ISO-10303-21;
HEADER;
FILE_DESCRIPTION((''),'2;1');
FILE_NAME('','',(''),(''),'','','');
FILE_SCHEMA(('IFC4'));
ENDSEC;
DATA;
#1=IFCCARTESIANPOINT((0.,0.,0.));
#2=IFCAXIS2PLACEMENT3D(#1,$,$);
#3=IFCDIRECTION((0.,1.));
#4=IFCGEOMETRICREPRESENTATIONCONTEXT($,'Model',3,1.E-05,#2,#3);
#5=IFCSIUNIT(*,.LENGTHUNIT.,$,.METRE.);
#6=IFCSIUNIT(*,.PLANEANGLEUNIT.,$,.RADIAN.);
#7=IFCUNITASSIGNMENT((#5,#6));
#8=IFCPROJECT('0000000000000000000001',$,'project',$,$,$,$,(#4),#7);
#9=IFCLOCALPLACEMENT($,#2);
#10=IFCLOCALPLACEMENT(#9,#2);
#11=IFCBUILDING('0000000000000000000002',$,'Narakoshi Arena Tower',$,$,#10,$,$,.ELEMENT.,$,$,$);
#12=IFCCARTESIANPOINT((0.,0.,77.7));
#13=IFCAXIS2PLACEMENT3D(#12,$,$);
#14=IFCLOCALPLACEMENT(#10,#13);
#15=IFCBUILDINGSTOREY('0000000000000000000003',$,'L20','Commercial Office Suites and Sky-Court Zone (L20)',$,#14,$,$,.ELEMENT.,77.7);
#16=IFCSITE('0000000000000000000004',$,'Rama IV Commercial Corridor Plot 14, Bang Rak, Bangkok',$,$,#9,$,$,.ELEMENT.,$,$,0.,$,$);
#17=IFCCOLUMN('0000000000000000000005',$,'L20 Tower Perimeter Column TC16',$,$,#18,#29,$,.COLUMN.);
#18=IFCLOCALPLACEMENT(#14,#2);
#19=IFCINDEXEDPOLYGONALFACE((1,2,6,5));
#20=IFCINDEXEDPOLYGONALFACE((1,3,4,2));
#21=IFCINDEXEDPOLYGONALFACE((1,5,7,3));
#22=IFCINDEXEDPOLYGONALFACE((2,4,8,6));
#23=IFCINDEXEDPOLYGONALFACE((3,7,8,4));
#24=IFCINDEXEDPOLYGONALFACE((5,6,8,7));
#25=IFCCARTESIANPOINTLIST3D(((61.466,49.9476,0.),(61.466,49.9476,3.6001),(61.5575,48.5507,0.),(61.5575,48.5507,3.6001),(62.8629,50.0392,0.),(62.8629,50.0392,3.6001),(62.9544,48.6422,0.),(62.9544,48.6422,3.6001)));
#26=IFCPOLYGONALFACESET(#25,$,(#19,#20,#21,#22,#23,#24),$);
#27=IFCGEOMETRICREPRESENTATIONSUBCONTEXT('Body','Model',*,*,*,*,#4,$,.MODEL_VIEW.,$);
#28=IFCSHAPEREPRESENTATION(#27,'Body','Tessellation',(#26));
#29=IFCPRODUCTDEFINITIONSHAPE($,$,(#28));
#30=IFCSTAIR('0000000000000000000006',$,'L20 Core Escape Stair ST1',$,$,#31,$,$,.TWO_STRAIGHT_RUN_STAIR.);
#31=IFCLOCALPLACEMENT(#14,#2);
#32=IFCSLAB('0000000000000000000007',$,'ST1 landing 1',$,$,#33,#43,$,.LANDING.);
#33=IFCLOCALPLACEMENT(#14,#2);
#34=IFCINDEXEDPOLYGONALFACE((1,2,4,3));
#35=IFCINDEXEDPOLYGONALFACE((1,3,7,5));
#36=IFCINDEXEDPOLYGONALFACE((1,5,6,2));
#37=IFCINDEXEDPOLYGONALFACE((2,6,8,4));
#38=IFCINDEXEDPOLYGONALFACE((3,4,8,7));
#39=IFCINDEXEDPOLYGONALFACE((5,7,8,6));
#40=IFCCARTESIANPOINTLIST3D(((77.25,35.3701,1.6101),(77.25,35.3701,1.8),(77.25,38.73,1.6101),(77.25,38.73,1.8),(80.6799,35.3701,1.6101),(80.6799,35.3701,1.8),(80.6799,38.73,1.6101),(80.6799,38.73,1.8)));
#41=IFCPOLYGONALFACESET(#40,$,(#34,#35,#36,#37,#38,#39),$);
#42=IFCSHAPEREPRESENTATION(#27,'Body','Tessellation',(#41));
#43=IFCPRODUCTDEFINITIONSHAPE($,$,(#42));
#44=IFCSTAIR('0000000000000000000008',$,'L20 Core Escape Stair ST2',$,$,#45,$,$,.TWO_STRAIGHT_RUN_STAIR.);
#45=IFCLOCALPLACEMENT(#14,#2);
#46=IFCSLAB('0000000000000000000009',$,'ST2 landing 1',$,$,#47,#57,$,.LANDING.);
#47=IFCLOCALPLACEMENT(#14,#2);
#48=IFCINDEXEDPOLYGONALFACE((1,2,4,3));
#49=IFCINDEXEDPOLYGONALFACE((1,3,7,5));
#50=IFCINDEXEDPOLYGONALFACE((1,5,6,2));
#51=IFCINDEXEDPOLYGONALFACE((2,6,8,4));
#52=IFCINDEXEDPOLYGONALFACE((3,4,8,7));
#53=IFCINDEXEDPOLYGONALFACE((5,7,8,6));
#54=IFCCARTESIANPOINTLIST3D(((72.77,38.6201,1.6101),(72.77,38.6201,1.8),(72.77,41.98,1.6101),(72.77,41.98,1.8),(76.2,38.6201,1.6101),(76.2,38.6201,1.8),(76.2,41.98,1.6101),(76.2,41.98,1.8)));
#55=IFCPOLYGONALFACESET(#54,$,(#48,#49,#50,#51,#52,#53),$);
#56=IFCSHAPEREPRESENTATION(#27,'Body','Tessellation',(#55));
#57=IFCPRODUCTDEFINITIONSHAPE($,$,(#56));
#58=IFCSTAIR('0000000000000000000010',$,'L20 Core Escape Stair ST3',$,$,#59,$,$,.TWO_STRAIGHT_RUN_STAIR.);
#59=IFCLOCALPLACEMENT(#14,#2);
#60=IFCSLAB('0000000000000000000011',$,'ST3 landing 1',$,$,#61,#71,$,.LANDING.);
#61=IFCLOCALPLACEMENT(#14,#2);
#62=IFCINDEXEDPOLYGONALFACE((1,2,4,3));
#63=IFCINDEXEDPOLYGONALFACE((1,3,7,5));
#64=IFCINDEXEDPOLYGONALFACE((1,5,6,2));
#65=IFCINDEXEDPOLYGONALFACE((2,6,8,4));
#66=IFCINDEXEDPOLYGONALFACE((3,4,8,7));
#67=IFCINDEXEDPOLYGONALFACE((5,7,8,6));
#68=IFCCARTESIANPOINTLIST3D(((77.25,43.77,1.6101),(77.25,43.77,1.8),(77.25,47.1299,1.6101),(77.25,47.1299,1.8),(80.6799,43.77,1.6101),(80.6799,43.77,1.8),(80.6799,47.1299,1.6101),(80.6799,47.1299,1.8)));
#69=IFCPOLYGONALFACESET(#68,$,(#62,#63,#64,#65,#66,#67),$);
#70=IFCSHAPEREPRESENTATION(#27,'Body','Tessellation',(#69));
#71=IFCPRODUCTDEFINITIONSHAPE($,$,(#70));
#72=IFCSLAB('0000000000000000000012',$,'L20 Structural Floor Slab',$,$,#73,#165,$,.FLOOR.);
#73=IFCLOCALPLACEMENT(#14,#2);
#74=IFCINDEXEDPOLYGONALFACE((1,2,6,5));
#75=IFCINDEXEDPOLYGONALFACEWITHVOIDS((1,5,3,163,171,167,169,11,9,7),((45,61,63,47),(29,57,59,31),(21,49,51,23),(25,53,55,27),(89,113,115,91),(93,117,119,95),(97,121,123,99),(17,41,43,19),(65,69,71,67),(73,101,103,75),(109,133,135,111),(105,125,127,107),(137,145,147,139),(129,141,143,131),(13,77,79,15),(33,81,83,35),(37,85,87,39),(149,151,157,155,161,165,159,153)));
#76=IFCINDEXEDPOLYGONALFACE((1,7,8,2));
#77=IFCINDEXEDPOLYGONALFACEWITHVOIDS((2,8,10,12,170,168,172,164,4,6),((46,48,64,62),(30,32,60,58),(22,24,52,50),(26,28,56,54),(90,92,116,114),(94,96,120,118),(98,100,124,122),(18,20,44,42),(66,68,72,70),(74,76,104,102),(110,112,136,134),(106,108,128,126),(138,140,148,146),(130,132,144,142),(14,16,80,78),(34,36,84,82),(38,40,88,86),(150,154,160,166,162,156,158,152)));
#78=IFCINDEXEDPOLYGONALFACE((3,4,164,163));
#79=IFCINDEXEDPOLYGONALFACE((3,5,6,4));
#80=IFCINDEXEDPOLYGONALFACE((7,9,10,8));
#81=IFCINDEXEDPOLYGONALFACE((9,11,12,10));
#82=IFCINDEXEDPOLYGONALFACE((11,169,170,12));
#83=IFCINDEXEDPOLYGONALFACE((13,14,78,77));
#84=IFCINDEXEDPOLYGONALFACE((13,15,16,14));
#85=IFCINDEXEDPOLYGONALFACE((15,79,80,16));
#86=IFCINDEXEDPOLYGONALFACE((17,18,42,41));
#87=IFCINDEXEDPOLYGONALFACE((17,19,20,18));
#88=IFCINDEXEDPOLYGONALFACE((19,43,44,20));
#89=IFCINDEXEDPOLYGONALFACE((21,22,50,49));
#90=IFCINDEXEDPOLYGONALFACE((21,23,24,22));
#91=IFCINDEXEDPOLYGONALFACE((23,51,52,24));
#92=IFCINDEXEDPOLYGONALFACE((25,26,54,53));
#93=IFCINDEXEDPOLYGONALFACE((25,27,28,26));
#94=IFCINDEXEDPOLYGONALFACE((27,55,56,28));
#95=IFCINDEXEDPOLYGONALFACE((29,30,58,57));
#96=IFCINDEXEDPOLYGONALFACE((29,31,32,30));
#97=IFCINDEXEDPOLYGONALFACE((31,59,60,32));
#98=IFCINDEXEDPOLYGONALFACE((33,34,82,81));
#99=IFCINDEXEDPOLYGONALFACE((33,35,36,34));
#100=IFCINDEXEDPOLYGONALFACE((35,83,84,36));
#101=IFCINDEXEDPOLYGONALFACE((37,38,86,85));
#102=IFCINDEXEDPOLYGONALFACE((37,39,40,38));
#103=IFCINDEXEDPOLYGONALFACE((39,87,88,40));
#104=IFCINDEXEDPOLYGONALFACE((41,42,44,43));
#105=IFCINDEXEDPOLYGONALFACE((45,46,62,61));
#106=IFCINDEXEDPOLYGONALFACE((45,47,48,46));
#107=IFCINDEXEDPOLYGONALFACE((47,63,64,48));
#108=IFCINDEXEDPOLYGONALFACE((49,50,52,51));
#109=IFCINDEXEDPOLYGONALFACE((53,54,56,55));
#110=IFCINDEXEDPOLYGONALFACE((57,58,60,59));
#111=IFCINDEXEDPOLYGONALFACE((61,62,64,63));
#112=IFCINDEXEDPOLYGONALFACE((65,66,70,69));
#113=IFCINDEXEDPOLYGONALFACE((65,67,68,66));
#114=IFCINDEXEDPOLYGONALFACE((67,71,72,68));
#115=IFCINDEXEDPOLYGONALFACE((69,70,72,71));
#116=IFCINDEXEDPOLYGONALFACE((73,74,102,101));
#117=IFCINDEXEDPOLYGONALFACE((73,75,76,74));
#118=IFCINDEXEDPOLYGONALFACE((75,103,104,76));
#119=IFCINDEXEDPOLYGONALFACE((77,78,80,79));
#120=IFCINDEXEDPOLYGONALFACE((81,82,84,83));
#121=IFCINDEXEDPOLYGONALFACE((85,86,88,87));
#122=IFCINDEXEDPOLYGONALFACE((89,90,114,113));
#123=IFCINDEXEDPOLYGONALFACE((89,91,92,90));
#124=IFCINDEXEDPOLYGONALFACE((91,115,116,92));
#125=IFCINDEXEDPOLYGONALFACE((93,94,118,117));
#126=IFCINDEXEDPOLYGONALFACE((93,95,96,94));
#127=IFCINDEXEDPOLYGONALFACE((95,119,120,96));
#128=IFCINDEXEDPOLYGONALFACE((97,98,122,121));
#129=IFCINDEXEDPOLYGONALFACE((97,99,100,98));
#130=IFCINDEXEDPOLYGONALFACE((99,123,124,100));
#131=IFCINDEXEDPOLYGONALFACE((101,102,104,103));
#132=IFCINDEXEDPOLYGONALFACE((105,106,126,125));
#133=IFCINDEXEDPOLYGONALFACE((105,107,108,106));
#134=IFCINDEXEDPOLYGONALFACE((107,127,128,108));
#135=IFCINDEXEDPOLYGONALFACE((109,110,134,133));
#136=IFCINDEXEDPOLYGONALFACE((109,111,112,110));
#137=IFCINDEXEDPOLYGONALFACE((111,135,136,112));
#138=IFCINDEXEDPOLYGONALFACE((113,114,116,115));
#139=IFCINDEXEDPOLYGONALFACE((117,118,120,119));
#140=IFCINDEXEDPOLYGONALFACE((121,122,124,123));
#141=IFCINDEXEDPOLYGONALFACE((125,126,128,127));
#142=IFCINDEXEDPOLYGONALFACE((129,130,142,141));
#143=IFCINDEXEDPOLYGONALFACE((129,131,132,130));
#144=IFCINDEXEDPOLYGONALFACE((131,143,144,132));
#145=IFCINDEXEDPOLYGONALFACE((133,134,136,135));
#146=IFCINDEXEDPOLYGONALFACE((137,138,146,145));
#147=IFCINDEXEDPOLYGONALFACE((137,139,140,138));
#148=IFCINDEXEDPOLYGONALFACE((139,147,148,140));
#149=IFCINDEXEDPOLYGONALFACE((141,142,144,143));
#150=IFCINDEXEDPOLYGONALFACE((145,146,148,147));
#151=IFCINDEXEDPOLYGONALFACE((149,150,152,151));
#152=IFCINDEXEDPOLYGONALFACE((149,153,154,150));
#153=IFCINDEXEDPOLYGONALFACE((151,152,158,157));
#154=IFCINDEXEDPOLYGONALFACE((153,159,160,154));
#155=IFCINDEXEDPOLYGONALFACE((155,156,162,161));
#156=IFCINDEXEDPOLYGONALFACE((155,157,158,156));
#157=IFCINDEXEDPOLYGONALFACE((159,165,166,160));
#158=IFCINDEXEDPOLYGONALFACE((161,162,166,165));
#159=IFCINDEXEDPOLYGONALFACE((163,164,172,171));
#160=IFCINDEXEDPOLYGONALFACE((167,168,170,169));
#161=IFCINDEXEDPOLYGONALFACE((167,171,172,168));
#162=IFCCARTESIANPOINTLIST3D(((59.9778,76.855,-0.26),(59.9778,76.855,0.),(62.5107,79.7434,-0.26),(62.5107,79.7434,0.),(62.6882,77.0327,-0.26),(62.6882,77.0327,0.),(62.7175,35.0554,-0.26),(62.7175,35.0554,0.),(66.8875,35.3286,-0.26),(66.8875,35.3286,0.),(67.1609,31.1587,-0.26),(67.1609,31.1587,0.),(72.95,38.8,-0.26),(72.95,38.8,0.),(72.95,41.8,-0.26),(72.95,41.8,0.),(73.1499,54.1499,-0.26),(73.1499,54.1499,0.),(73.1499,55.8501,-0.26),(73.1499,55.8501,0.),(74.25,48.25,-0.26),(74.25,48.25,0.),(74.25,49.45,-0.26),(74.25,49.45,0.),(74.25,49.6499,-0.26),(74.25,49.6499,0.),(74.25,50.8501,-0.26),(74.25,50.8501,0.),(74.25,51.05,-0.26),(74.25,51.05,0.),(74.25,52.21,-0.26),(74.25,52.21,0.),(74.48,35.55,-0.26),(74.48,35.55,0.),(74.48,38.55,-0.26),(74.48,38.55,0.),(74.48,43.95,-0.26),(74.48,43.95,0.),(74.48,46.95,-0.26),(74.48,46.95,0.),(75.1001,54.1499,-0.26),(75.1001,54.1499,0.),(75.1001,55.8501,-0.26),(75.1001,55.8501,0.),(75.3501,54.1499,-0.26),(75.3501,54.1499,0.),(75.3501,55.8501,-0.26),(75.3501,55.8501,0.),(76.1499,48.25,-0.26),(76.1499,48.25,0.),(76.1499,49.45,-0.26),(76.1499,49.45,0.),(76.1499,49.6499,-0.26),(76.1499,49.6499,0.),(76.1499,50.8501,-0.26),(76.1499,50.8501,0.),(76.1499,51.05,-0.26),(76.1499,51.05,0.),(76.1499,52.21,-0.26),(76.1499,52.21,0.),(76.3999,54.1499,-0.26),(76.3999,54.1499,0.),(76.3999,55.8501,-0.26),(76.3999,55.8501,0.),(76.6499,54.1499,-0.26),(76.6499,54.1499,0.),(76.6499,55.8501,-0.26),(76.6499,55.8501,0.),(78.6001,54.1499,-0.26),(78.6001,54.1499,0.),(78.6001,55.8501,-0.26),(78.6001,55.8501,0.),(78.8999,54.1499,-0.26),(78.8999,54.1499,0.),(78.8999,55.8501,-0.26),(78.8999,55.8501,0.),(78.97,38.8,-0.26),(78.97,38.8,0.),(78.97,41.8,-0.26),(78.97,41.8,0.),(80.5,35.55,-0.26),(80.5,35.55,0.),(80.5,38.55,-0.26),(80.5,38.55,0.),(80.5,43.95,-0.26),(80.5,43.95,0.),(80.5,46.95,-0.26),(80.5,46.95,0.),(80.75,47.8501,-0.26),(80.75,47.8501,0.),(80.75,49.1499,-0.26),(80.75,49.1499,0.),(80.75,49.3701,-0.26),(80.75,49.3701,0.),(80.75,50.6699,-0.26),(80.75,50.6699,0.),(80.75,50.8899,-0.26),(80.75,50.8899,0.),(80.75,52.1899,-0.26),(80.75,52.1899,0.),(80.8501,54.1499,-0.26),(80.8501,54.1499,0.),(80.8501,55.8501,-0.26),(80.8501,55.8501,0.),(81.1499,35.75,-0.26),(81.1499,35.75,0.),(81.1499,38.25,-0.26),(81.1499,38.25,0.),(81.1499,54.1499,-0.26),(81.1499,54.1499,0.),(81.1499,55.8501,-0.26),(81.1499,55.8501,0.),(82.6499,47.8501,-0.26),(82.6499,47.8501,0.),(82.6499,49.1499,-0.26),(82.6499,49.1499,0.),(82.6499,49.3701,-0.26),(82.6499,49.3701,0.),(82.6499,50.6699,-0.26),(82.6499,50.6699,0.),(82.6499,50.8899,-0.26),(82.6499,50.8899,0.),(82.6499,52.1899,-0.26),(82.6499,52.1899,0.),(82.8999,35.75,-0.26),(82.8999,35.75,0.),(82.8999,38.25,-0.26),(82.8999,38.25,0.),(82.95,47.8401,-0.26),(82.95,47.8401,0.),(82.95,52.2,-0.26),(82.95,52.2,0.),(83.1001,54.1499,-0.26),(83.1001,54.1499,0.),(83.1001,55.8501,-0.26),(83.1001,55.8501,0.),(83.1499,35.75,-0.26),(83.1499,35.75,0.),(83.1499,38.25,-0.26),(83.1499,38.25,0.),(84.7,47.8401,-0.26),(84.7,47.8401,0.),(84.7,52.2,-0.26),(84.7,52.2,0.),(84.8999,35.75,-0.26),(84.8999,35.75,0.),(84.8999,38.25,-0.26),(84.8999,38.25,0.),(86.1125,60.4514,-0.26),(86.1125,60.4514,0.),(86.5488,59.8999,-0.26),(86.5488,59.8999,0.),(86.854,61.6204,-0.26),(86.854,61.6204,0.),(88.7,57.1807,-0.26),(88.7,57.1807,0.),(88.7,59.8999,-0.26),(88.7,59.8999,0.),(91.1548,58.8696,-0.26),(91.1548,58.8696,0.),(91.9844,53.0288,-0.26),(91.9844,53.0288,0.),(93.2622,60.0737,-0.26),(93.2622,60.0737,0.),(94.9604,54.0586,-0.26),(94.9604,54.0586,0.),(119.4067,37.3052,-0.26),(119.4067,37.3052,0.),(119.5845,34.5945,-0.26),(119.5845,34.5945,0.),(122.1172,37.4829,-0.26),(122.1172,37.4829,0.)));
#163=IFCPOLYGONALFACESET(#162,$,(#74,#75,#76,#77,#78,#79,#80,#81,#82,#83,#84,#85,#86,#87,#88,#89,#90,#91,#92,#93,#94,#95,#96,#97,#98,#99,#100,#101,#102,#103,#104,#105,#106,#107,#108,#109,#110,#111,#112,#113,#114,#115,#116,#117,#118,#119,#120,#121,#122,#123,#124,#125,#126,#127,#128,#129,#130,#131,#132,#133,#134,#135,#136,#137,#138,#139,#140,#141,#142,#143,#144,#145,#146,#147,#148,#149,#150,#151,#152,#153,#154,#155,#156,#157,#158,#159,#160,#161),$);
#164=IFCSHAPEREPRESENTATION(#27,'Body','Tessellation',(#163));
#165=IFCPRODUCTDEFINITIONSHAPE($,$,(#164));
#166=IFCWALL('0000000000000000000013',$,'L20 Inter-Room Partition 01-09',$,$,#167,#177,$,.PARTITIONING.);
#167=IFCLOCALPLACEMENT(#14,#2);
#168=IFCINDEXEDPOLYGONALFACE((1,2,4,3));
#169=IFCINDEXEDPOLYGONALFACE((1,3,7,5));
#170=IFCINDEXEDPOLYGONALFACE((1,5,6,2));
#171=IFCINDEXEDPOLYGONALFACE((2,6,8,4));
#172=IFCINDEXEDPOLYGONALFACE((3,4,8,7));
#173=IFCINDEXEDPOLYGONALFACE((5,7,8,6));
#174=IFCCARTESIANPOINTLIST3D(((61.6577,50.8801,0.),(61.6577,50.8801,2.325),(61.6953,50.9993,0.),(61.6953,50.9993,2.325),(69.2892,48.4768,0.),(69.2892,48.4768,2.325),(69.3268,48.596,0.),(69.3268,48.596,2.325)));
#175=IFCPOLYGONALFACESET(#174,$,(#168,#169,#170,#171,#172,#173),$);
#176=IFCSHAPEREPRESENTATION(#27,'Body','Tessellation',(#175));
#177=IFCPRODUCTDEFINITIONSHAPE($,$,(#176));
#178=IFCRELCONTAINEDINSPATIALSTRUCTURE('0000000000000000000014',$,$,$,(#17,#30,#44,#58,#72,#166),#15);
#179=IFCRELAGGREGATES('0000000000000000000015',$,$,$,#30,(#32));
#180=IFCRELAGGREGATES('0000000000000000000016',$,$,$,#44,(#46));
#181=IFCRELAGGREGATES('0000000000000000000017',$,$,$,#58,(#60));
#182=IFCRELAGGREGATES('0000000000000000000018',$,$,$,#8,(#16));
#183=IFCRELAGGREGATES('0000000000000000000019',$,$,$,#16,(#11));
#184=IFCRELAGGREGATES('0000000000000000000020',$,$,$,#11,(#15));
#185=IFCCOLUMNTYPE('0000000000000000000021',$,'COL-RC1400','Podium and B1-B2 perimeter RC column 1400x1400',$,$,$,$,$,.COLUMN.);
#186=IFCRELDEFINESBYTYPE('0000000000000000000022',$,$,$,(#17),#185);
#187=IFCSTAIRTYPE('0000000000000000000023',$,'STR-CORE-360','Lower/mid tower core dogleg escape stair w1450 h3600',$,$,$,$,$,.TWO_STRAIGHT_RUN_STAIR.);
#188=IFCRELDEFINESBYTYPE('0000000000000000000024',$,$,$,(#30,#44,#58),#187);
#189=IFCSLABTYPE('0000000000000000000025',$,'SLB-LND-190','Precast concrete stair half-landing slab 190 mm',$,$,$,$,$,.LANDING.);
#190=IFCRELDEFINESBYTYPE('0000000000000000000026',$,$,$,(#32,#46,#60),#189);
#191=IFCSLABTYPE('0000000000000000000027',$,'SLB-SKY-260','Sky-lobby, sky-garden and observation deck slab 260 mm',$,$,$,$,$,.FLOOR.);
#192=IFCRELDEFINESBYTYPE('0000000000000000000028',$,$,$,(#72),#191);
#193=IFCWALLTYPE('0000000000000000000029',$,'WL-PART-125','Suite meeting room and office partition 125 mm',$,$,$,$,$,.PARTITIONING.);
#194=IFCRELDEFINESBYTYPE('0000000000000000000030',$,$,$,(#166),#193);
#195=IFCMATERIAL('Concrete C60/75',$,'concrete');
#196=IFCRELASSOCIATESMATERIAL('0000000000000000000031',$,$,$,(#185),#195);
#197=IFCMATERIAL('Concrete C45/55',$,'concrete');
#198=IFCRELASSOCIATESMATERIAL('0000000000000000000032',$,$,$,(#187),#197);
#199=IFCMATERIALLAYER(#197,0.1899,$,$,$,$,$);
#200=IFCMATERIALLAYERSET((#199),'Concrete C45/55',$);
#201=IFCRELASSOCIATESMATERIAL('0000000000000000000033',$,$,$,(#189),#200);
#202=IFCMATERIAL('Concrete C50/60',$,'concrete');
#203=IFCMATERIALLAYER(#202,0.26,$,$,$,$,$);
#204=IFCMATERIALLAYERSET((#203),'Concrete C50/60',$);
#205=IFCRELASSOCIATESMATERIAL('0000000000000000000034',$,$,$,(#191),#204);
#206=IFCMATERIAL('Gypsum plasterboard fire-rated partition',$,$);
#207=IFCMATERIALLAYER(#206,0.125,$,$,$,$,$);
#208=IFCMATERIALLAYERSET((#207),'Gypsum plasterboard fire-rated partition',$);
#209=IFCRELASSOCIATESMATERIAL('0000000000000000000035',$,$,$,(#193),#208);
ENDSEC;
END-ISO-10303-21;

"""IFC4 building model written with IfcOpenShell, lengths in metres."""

from ifc_helpers import new_model, si_unit, direction, frame, frame_2d, origin, origin_2d, place, context, subcontext, project, spatial, polyline, rectangle, outline, extrude, material, layer, layer_set, material_profile, profile_set, type_object, element, aggregate, save


model = new_model("IFC4")

# Units and contexts
model_context = context("Model", 3, precision=1e-05, world=origin(), true_north=direction((0.0, 1.0)))
body_context = subcontext(model_context, "Body", "Model", "MODEL_VIEW")
ifc_project = project(units=[si_unit("LENGTHUNIT", "METRE"), si_unit("PLANEANGLEUNIT", "RADIAN")], contexts=[model_context])

# Site, building, storey
site_placement = place(None, origin())
site = spatial("IfcSite", under=ifc_project, at=site_placement, Name="Rama IV Commercial Corridor Plot 14, Bang Rak, Bangkok", CompositionType="ELEMENT", RefElevation=0.0)
building_placement = place(site_placement, origin())
building = spatial("IfcBuilding", under=site, at=building_placement, Name="Narakoshi Arena Tower", CompositionType="ELEMENT")
storey_placement = place(building_placement, frame((0.0, 0.0, 77.7)))
storey = spatial("IfcBuildingStorey", under=building, at=storey_placement, Name="L20", Description="Commercial Office Suites and Sky-Court Zone (L20)", CompositionType="ELEMENT", Elevation=77.7)

# Column
ifc_material_1 = material(Name="Concrete C60/75", Category="concrete")
ifc_material_profile = material_profile(ifc_material_1, rectangle(XDim=1.3999, YDim=1.3999, at=origin_2d()), Name="RC1400x1400")
ifc_profile_set = profile_set([ifc_material_profile], Name="Concrete C60/75")
column_type = type_object("IfcColumnType", Name="COL-RC1400", Description="Podium and B1-B2 perimeter RC column 1400x1400", PredefinedType="COLUMN", material=ifc_profile_set)
column_placement = place(storey_placement, frame((62.2102, 49.2949, 0.0), z_axis=(0.0, 0.0, 1.0), x_axis=(-0.065403, 0.997859, 0.0)))
element("IfcColumn", 1, at=column_placement, inside=storey, type_object=column_type, Name="L20 Tower Perimeter Column TC16", PredefinedType="COLUMN", context=body_context, shape_type="SweptSolid", body=[
    extrude(rectangle(XDim=1.3999, YDim=1.3999, at=origin_2d()), origin(), (0.0, 0.0, 1.0), 3.6001),
])

# Stairs, slabs
ifc_material_2 = material(Name="Concrete C45/55", Category="concrete")
stair_type = type_object("IfcStairType", Name="STR-CORE-360", Description="Lower/mid tower core dogleg escape stair w1450 h3600", PredefinedType="TWO_STRAIGHT_RUN_STAIR", material=ifc_material_2)
stair_1_placement = place(storey_placement, origin())
stair_1 = element("IfcStair", 2, at=stair_1_placement, inside=storey, type_object=stair_type, Name="L20 Core Escape Stair ST1", PredefinedType="TWO_STRAIGHT_RUN_STAIR")
ifc_layer_1 = layer(ifc_material_2, 0.1899)
ifc_layer_set_1 = layer_set([ifc_layer_1], Name="Concrete C45/55")
slab_type_1 = type_object("IfcSlabType", Name="SLB-LND-190", Description="Precast concrete stair half-landing slab 190 mm", PredefinedType="LANDING", material=ifc_layer_set_1)
slab_1_placement = place(storey_placement, frame((0.0, 0.0, 1.6101)))
slab_1 = element("IfcSlab", 3, at=slab_1_placement, type_object=slab_type_1, Name="ST1 landing 1", PredefinedType="LANDING", context=body_context, shape_type="SweptSolid", body=[
    extrude(outline(polyline([(77.25, 35.3701), (80.6799, 35.3701), (80.6799, 38.73), (77.25, 38.73), (77.25, 35.3701)])), origin(), (0.0, 0.0, 1.0), 0.1899),
])
aggregate(stair_1, [slab_1])
stair_2_placement = place(storey_placement, origin())
stair_2 = element("IfcStair", 4, at=stair_2_placement, inside=storey, type_object=stair_type, Name="L20 Core Escape Stair ST2", PredefinedType="TWO_STRAIGHT_RUN_STAIR")
slab_2_placement = place(storey_placement, frame((0.0, 0.0, 1.6101)))
slab_2 = element("IfcSlab", 5, at=slab_2_placement, type_object=slab_type_1, Name="ST2 landing 1", PredefinedType="LANDING", context=body_context, shape_type="SweptSolid", body=[
    extrude(outline(polyline([(72.77, 38.6201), (76.2, 38.6201), (76.2, 41.98), (72.77, 41.98), (72.77, 38.6201)])), origin(), (0.0, 0.0, 1.0), 0.1899),
])
aggregate(stair_2, [slab_2])
stair_3_placement = place(storey_placement, origin())
stair_3 = element("IfcStair", 6, at=stair_3_placement, inside=storey, type_object=stair_type, Name="L20 Core Escape Stair ST3", PredefinedType="TWO_STRAIGHT_RUN_STAIR")
slab_3_placement = place(storey_placement, frame((0.0, 0.0, 1.6101)))
slab_3 = element("IfcSlab", 7, at=slab_3_placement, type_object=slab_type_1, Name="ST3 landing 1", PredefinedType="LANDING", context=body_context, shape_type="SweptSolid", body=[
    extrude(outline(polyline([(77.25, 43.77), (80.6799, 43.77), (80.6799, 47.1299), (77.25, 47.1299), (77.25, 43.77)])), origin(), (0.0, 0.0, 1.0), 0.1899),
])
aggregate(stair_3, [slab_3])

# Slab
ifc_material_3 = material(Name="Concrete C50/60", Category="concrete")
ifc_layer_2 = layer(ifc_material_3, 0.26)
ifc_layer_set_2 = layer_set([ifc_layer_2], Name="Concrete C50/60")
slab_type_2 = type_object("IfcSlabType", Name="SLB-SKY-260", Description="Sky-lobby, sky-garden and observation deck slab 260 mm", PredefinedType="FLOOR", material=ifc_layer_set_2)
slab_4_placement = place(storey_placement, frame((0.0, 0.0, -0.26)))
element("IfcSlab", 8, at=slab_4_placement, inside=storey, type_object=slab_type_2, Name="L20 Structural Floor Slab", PredefinedType="FLOOR", context=body_context, shape_type="SweptSolid", body=[
    extrude(outline(polyline([(67.1609, 31.1587), (119.5845, 34.5945), (119.4067, 37.3052), (122.1172, 37.4829), (93.2622, 60.0737), (62.5107, 79.7434), (62.6882, 77.0327), (59.9778, 76.855), (62.7175, 35.0554), (66.8875, 35.3286), (67.1609, 31.1587)]), holes=[polyline([(74.48, 35.55), (74.48, 38.55), (80.5, 38.55), (80.5, 35.55), (74.48, 35.55)]), polyline([(81.1499, 35.75), (81.1499, 38.25), (82.8999, 38.25), (82.8999, 35.75), (81.1499, 35.75)]), polyline([(83.1499, 35.75), (83.1499, 38.25), (84.8999, 38.25), (84.8999, 35.75), (83.1499, 35.75)]), polyline([(72.95, 38.8), (72.95, 41.8), (78.97, 41.8), (78.97, 38.8), (72.95, 38.8)]), polyline([(74.48, 43.95), (74.48, 46.95), (80.5, 46.95), (80.5, 43.95), (74.48, 43.95)]), polyline([(82.95, 47.8401), (82.95, 52.2), (84.7, 52.2), (84.7, 47.8401), (82.95, 47.8401)]), polyline([(80.75, 47.8501), (80.75, 49.1499), (82.6499, 49.1499), (82.6499, 47.8501), (80.75, 47.8501)]), polyline([(74.25, 48.25), (74.25, 49.45), (76.1499, 49.45), (76.1499, 48.25), (74.25, 48.25)]), polyline([(80.75, 49.3701), (80.75, 50.6699), (82.6499, 50.6699), (82.6499, 49.3701), (80.75, 49.3701)]), polyline([(74.25, 49.6499), (74.25, 50.8501), (76.1499, 50.8501), (76.1499, 49.6499), (74.25, 49.6499)]), polyline([(80.75, 50.8899), (80.75, 52.1899), (82.6499, 52.1899), (82.6499, 50.8899), (80.75, 50.8899)]), polyline([(74.25, 51.05), (74.25, 52.21), (76.1499, 52.21), (76.1499, 51.05), (74.25, 51.05)]), polyline([(91.1548, 58.8696), (94.9604, 54.0586), (91.9844, 53.0288), (88.7, 57.1807), (88.7, 59.8999), (86.5488, 59.8999), (86.1125, 60.4514), (86.854, 61.6204), (91.1548, 58.8696)]), polyline([(73.1499, 54.1499), (73.1499, 55.8501), (75.1001, 55.8501), (75.1001, 54.1499), (73.1499, 54.1499)]), polyline([(75.3501, 55.8501), (76.3999, 55.8501), (76.3999, 54.1499), (75.3501, 54.1499), (75.3501, 55.8501)]), polyline([(76.6499, 55.8501), (78.6001, 55.8501), (78.6001, 54.1499), (76.6499, 54.1499), (76.6499, 55.8501)]), polyline([(78.8999, 54.1499), (78.8999, 55.8501), (80.8501, 55.8501), (80.8501, 54.1499), (78.8999, 54.1499)]), polyline([(81.1499, 55.8501), (83.1001, 55.8501), (83.1001, 54.1499), (81.1499, 54.1499), (81.1499, 55.8501)])]), origin(), (0.0, 0.0, 1.0), 0.26),
])

# Wall
ifc_material_4 = material(Name="Gypsum plasterboard fire-rated partition")
ifc_layer_3 = layer(ifc_material_4, 0.125)
ifc_layer_set_3 = layer_set([ifc_layer_3], Name="Gypsum plasterboard fire-rated partition")
wall_type_1 = type_object("IfcWallType", Name="WL-PART-125", Description="Suite meeting room and office partition 125 mm", PredefinedType="PARTITIONING", material=ifc_layer_set_3)
wall_1_placement = place(storey_placement, frame((61.6765, 50.9397, 0.0), z_axis=(0.0, 0.0, 1.0), x_axis=(0.953821, -0.300375, 0.0)))
element("IfcWall", 9, at=wall_1_placement, inside=storey, type_object=wall_type_1, Name="L20 Inter-Room Partition 01-09", PredefinedType="PARTITIONING", context=body_context, shape_type="SweptSolid", body=[
    extrude(rectangle(XDim=8.001, YDim=0.125, at=frame_2d((4.0005, 0.0))), origin(), (0.0, 0.0, 1.0), 2.325),
])

save(model, "model.ifc")
